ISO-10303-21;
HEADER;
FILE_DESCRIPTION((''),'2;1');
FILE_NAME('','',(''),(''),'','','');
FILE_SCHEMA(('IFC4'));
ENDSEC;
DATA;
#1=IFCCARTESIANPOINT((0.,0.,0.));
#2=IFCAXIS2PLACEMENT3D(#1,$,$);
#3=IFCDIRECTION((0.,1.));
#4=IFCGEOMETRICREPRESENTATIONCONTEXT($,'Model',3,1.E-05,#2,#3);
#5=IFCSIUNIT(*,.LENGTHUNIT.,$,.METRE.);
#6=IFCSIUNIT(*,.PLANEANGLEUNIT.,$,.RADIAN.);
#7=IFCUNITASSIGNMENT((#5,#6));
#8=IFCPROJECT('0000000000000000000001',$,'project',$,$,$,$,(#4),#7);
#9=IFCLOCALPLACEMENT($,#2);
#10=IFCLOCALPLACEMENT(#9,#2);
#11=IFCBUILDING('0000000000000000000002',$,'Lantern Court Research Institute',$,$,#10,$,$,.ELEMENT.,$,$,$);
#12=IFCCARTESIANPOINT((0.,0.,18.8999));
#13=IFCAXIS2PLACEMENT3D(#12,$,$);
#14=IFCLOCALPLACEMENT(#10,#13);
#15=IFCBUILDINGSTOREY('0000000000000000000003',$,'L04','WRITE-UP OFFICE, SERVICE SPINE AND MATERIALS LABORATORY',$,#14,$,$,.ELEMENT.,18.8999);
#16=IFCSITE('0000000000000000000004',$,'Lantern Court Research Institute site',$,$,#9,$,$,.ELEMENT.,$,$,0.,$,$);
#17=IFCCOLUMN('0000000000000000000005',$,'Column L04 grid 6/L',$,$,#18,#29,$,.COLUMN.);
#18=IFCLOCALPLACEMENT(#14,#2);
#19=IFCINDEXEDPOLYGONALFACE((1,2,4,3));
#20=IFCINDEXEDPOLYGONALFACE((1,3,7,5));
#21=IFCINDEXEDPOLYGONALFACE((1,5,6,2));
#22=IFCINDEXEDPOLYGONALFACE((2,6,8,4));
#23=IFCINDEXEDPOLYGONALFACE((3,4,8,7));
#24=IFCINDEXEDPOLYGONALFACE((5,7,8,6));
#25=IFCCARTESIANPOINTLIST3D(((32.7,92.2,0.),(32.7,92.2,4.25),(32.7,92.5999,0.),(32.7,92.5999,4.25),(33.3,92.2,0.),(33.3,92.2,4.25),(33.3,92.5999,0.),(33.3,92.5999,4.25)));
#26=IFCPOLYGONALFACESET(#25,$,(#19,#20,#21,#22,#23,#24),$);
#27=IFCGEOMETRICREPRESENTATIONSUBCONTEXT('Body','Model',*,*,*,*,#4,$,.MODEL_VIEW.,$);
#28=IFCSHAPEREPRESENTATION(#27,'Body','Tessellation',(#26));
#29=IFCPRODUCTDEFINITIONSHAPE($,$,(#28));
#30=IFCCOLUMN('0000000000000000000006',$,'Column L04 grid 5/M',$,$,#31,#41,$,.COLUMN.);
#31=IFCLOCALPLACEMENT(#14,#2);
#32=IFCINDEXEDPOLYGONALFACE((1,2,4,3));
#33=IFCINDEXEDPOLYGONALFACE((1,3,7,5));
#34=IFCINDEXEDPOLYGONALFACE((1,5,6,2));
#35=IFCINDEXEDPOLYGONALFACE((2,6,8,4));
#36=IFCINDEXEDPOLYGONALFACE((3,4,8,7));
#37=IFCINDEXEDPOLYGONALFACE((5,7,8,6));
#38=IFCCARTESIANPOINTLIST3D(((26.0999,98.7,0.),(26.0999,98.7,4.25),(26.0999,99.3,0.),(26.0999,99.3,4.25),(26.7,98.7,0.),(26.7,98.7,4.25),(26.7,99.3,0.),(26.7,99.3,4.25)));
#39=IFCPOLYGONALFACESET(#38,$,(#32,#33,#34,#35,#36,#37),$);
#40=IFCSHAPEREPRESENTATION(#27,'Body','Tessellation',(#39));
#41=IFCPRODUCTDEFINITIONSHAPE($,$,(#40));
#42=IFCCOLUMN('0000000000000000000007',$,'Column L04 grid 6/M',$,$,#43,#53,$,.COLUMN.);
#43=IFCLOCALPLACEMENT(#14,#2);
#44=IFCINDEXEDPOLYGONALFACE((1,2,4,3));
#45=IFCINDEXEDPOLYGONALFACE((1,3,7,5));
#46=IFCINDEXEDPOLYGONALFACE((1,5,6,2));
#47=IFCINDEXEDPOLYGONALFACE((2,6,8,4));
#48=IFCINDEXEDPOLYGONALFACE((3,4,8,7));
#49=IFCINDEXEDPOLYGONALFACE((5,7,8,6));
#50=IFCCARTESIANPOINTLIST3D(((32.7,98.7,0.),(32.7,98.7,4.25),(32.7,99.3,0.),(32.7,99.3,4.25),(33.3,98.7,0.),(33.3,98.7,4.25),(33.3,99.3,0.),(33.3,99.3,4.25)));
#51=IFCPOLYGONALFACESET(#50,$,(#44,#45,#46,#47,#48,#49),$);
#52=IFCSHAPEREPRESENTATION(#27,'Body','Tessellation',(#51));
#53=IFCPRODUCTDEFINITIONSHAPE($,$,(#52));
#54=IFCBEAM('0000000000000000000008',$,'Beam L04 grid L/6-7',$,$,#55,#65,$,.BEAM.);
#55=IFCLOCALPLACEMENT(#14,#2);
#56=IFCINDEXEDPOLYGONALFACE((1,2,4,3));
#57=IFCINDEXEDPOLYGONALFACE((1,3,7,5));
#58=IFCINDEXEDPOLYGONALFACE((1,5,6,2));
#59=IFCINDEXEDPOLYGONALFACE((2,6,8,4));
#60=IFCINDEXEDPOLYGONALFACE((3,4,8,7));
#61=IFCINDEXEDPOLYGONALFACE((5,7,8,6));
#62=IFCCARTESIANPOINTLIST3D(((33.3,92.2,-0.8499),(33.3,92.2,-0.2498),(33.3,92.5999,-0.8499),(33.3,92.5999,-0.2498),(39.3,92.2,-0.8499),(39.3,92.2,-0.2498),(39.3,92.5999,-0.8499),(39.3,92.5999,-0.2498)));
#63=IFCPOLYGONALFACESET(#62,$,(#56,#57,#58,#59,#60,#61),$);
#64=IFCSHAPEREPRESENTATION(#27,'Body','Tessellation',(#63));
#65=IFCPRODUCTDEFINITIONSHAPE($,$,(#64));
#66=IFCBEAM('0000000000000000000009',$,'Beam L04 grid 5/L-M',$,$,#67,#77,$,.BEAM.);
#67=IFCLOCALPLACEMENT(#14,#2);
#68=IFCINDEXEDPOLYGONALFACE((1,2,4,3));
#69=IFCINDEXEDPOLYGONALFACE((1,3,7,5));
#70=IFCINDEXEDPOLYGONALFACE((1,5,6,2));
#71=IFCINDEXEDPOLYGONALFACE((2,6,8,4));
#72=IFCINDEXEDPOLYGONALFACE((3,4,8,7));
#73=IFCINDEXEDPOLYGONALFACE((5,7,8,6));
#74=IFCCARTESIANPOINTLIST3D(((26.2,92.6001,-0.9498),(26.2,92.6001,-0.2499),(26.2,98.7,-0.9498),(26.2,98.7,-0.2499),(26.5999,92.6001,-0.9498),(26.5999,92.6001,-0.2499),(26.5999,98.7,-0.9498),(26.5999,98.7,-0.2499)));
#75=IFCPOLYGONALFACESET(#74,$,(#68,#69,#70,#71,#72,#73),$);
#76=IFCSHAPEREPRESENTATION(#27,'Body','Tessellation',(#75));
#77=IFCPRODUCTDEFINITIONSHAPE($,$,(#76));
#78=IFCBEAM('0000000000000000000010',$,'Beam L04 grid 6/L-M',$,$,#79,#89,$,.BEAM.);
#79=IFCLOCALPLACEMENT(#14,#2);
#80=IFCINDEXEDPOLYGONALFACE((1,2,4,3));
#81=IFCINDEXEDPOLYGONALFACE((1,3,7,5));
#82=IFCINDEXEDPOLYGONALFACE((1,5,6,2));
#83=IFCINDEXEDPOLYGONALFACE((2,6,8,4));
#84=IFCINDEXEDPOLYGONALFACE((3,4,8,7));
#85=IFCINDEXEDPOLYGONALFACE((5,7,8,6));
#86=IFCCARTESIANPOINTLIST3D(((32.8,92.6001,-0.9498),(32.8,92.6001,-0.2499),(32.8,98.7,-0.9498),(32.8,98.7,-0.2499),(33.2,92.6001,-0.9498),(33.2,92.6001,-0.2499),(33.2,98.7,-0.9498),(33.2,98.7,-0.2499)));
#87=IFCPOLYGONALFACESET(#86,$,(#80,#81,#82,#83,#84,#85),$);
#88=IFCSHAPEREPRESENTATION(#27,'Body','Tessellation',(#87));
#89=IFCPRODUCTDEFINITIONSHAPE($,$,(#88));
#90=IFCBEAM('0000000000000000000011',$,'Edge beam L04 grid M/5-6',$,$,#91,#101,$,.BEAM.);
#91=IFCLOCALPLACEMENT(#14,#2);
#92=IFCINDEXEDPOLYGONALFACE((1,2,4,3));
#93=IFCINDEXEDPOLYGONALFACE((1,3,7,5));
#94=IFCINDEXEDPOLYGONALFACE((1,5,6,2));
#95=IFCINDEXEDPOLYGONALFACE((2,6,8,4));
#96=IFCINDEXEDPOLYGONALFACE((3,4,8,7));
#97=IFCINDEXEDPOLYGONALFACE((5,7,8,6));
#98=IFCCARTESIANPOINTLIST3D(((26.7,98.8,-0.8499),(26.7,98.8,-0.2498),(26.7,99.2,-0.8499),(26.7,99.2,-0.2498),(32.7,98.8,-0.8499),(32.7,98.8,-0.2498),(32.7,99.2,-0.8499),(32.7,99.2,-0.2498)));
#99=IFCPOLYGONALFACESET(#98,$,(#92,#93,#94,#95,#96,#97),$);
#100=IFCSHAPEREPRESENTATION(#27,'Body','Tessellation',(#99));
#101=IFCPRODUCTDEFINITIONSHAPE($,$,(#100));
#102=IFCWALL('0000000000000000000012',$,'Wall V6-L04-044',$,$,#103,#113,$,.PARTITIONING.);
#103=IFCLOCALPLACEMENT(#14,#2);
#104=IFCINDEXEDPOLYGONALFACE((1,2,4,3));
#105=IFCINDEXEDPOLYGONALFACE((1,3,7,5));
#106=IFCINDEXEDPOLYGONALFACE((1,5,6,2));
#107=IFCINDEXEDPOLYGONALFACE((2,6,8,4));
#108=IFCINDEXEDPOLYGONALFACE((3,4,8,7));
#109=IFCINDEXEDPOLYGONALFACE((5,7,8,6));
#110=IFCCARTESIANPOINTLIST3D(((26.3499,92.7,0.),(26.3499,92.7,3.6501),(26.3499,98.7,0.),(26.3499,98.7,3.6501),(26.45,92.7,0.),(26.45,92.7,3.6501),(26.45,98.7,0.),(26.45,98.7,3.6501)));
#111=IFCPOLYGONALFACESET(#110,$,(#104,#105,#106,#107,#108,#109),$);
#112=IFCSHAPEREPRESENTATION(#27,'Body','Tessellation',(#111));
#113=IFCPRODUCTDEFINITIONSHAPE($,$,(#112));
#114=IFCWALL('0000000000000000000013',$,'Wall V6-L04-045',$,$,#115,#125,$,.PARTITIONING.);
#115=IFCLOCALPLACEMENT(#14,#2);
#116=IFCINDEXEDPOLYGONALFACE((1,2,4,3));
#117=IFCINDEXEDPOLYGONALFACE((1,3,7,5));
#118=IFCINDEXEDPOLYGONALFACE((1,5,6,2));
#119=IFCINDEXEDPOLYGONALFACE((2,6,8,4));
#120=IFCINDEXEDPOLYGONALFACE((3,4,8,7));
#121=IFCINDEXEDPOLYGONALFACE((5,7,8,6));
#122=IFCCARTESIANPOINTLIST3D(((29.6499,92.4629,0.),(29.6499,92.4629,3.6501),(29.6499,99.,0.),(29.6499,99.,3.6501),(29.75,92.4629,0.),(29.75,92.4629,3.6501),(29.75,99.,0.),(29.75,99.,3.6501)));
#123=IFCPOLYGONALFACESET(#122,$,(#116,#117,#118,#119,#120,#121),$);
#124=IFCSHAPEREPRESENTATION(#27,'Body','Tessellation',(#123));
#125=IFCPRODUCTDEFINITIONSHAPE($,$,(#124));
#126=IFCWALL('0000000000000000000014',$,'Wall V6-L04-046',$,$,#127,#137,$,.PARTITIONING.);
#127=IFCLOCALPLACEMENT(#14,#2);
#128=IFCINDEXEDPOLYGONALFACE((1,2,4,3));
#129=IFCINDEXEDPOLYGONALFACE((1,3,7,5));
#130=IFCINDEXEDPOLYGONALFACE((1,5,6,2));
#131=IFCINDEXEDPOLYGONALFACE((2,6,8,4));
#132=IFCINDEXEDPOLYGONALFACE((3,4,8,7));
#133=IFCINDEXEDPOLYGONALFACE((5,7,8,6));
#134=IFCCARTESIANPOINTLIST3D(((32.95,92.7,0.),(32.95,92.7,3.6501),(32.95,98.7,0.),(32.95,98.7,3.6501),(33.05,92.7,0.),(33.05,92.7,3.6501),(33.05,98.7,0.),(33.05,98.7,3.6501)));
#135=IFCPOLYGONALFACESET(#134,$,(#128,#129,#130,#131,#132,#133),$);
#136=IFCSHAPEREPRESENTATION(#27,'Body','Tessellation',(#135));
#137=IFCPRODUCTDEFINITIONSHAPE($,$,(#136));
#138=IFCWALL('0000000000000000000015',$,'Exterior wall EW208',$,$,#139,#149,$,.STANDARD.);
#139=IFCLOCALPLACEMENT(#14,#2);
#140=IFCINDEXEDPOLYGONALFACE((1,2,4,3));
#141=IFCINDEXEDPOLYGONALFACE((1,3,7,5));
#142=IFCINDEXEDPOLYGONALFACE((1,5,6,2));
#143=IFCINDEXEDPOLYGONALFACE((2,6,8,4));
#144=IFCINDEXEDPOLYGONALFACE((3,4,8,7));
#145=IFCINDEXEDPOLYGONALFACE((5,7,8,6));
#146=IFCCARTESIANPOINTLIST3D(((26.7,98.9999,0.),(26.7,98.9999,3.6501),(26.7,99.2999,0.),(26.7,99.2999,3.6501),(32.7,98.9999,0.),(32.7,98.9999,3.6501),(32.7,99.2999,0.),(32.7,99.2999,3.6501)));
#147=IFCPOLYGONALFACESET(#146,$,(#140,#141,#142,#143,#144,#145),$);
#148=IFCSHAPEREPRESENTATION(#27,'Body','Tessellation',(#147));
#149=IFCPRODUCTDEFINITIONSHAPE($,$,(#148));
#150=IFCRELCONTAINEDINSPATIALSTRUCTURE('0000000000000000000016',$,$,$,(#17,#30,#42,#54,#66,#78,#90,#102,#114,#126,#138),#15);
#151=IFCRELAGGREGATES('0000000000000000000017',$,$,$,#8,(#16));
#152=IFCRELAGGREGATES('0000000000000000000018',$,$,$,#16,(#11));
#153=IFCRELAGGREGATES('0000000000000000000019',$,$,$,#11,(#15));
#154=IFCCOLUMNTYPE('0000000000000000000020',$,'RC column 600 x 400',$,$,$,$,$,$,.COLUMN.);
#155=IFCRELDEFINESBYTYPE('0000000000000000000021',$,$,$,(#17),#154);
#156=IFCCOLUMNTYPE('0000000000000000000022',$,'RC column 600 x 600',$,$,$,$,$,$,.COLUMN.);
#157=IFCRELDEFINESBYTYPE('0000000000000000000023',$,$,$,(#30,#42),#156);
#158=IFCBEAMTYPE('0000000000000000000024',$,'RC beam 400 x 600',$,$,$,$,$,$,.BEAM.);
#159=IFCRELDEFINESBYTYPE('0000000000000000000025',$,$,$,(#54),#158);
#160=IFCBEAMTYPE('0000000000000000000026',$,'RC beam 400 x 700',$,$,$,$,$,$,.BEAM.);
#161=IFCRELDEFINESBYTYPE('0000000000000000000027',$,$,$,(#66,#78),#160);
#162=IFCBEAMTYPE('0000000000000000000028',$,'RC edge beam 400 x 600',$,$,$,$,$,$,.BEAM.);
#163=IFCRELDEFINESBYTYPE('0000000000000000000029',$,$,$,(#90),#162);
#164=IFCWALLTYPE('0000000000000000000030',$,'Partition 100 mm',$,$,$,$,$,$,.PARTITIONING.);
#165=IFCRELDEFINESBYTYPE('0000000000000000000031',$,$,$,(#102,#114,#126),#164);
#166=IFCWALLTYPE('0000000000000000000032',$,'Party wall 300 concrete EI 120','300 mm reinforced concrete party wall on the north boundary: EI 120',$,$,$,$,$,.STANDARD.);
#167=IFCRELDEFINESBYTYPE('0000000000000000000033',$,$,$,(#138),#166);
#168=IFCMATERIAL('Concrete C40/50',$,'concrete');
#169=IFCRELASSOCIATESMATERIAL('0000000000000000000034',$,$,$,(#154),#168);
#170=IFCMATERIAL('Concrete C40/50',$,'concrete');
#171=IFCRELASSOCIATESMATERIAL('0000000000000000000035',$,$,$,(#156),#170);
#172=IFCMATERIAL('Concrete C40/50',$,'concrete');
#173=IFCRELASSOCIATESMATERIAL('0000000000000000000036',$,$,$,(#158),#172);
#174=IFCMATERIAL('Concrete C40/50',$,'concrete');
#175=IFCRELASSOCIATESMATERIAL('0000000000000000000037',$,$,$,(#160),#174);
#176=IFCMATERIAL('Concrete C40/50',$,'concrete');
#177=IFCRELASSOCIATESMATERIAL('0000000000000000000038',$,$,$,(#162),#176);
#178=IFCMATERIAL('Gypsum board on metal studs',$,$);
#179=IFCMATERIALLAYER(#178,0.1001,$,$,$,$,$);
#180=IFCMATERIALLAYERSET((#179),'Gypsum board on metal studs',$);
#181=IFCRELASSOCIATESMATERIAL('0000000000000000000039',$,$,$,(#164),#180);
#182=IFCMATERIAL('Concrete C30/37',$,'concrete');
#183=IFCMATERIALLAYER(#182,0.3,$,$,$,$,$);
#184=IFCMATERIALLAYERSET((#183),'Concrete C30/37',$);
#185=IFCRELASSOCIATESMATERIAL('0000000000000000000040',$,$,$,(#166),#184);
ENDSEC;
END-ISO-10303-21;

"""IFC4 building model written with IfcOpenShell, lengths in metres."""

from ifc_helpers import new_model, si_unit, direction, frame, frame_2d, origin, origin_2d, place, context, subcontext, project, spatial, rectangle, extrude, material, layer, layer_set, material_profile, profile_set, type_object, element, save


model = new_model("IFC4")

# Units and contexts
model_context = context("Model", 3, precision=1e-05, world=origin(), true_north=direction((0.0, 1.0)))
body_context = subcontext(model_context, "Body", "Model", "MODEL_VIEW")
ifc_project = project(units=[si_unit("LENGTHUNIT", "METRE"), si_unit("PLANEANGLEUNIT", "RADIAN")], contexts=[model_context])

# Site, building, storey
site_placement = place(None, origin())
site = spatial("IfcSite", under=ifc_project, at=site_placement, Name="Lantern Court Research Institute site", CompositionType="ELEMENT", RefElevation=0.0)
building_placement = place(site_placement, origin())
building = spatial("IfcBuilding", under=site, at=building_placement, Name="Lantern Court Research Institute", CompositionType="ELEMENT")
storey_placement = place(building_placement, frame((0.0, 0.0, 18.8999)))
storey = spatial("IfcBuildingStorey", under=building, at=storey_placement, Name="L04", Description="WRITE-UP OFFICE, SERVICE SPINE AND MATERIALS LABORATORY", CompositionType="ELEMENT", Elevation=18.8999)

# Columns
ifc_material_1 = material(Name="Concrete C40/50", Category="concrete")
ifc_material_profile_1 = material_profile(ifc_material_1, rectangle(XDim=0.6001, YDim=0.3999, at=origin_2d()), Name="RC column 600 x 400")
ifc_profile_set_1 = profile_set([ifc_material_profile_1], Name="Concrete C40/50")
column_type_1 = type_object("IfcColumnType", Name="RC column 600 x 400", PredefinedType="COLUMN", material=ifc_profile_set_1)
column_placement = place(storey_placement, frame((33.0, 92.3999, 0.0), z_axis=(0.0, 0.0, 1.0), x_axis=(1.0, 0.0, 0.0)))
element("IfcColumn", 1, at=column_placement, inside=storey, type_object=column_type_1, Name="Column L04 grid 6/L", PredefinedType="COLUMN", context=body_context, shape_type="SweptSolid", body=[
    extrude(rectangle(XDim=0.6001, YDim=0.3999, at=origin_2d()), origin(), (0.0, 0.0, 1.0), 4.25),
])
ifc_material_2 = material(Name="Concrete C40/50", Category="concrete")
ifc_material_profile_2 = material_profile(ifc_material_2, rectangle(XDim=0.6001, YDim=0.6001, at=origin_2d()), Name="RC column 600 x 600")
ifc_profile_set_2 = profile_set([ifc_material_profile_2], Name="Concrete C40/50")
column_type_2 = type_object("IfcColumnType", Name="RC column 600 x 600", PredefinedType="COLUMN", material=ifc_profile_set_2)
for number, where, z_axis, x_axis, name in (
    (2, (26.3999, 99.0, 0.0), (0.0, 0.0, 1.0), (1.0, 0.0, 0.0), "Column L04 grid 5/M"),
    (3, (33.0, 99.0, 0.0), (0.0, 0.0, 1.0), (1.0, 0.0, 0.0), "Column L04 grid 6/M"),
):
    element("IfcColumn", number, at=place(storey_placement, frame(where, z_axis=z_axis, x_axis=x_axis)), inside=storey, type_object=column_type_2, Name=name, PredefinedType="COLUMN", context=body_context, shape_type="SweptSolid", body=[
        extrude(rectangle(XDim=0.6001, YDim=0.6001, at=origin_2d()), origin(), (0.0, 0.0, 1.0), 4.25),
    ])

# Beams
ifc_material_3 = material(Name="Concrete C40/50", Category="concrete")
ifc_material_profile_3 = material_profile(ifc_material_3, rectangle(XDim=0.3999, YDim=0.6001, at=origin_2d()), Name="RC beam 400 x 600")
ifc_profile_set_3 = profile_set([ifc_material_profile_3], Name="Concrete C40/50")
beam_type_1 = type_object("IfcBeamType", Name="RC beam 400 x 600", PredefinedType="BEAM", material=ifc_profile_set_3)
beam_1_placement = place(storey_placement, frame((33.3, 92.3999, -0.5498), z_axis=(1.0, 0.0, 0.0), x_axis=(0.0, 1.0, 0.0)))
element("IfcBeam", 4, at=beam_1_placement, inside=storey, type_object=beam_type_1, Name="Beam L04 grid L/6-7", PredefinedType="BEAM", context=body_context, shape_type="SweptSolid", body=[
    extrude(rectangle(XDim=0.3999, YDim=0.6001, at=origin_2d()), origin(), (0.0, 0.0, 1.0), 6.0),
])
ifc_material_4 = material(Name="Concrete C40/50", Category="concrete")
ifc_material_profile_4 = material_profile(ifc_material_4, rectangle(XDim=0.3999, YDim=0.7, at=origin_2d()), Name="RC beam 400 x 700")
ifc_profile_set_4 = profile_set([ifc_material_profile_4], Name="Concrete C40/50")
beam_type_2 = type_object("IfcBeamType", Name="RC beam 400 x 700", PredefinedType="BEAM", material=ifc_profile_set_4)
for number, where, z_axis, x_axis, name in (
    (5, (26.3999, 92.6001, -0.5999), (0.0, 1.0, 0.0), (-1.0, 0.0, 0.0), "Beam L04 grid 5/L-M"),
    (6, (33.0, 92.6001, -0.5999), (0.0, 1.0, 0.0), (-1.0, 0.0, 0.0), "Beam L04 grid 6/L-M"),
):
    element("IfcBeam", number, at=place(storey_placement, frame(where, z_axis=z_axis, x_axis=x_axis)), inside=storey, type_object=beam_type_2, Name=name, PredefinedType="BEAM", context=body_context, shape_type="SweptSolid", body=[
        extrude(rectangle(XDim=0.3999, YDim=0.7, at=origin_2d()), origin(), (0.0, 0.0, 1.0), 6.0999),
    ])
ifc_material_5 = material(Name="Concrete C40/50", Category="concrete")
ifc_material_profile_5 = material_profile(ifc_material_5, rectangle(XDim=0.3999, YDim=0.6001, at=origin_2d()), Name="RC beam 400 x 600")
ifc_profile_set_5 = profile_set([ifc_material_profile_5], Name="Concrete C40/50")
beam_type_3 = type_object("IfcBeamType", Name="RC edge beam 400 x 600", PredefinedType="BEAM", material=ifc_profile_set_5)
beam_2_placement = place(storey_placement, frame((26.7, 99.0, -0.5498), z_axis=(1.0, 0.0, 0.0), x_axis=(0.0, 1.0, 0.0)))
element("IfcBeam", 7, at=beam_2_placement, inside=storey, type_object=beam_type_3, Name="Edge beam L04 grid M/5-6", PredefinedType="BEAM", context=body_context, shape_type="SweptSolid", body=[
    extrude(rectangle(XDim=0.3999, YDim=0.6001, at=origin_2d()), origin(), (0.0, 0.0, 1.0), 6.0),
])

# Walls
ifc_material_6 = material(Name="Gypsum board on metal studs")
ifc_layer_1 = layer(ifc_material_6, 0.1001)
ifc_layer_set_1 = layer_set([ifc_layer_1], Name="Gypsum board on metal studs")
wall_type_1 = type_object("IfcWallType", Name="Partition 100 mm", PredefinedType="PARTITIONING", material=ifc_layer_set_1)
wall_1_placement = place(storey_placement, frame((26.3999, 92.7, 0.0), z_axis=(0.0, 0.0, 1.0), x_axis=(0.0, 1.0, 0.0)))
element("IfcWall", 8, at=wall_1_placement, inside=storey, type_object=wall_type_1, Name="Wall V6-L04-044", PredefinedType="PARTITIONING", context=body_context, shape_type="SweptSolid", body=[
    extrude(rectangle(XDim=6.0, YDim=0.1001, at=frame_2d((3.0, 0.0))), origin(), (0.0, 0.0, 1.0), 3.6501),
])
wall_2_placement = place(storey_placement, frame((29.7, 92.4629, 0.0), z_axis=(0.0, 0.0, 1.0), x_axis=(0.0, 1.0, 0.0)))
element("IfcWall", 9, at=wall_2_placement, inside=storey, type_object=wall_type_1, Name="Wall V6-L04-045", PredefinedType="PARTITIONING", context=body_context, shape_type="SweptSolid", body=[
    extrude(rectangle(XDim=6.5371, YDim=0.1001, at=frame_2d((3.2686, 0.0))), origin(), (0.0, 0.0, 1.0), 3.6501),
])
wall_3_placement = place(storey_placement, frame((33.0, 92.7, 0.0), z_axis=(0.0, 0.0, 1.0), x_axis=(0.0, 1.0, 0.0)))
element("IfcWall", 10, at=wall_3_placement, inside=storey, type_object=wall_type_1, Name="Wall V6-L04-046", PredefinedType="PARTITIONING", context=body_context, shape_type="SweptSolid", body=[
    extrude(rectangle(XDim=6.0, YDim=0.1001, at=frame_2d((3.0, 0.0))), origin(), (0.0, 0.0, 1.0), 3.6501),
])
ifc_material_7 = material(Name="Concrete C30/37", Category="concrete")
ifc_layer_2 = layer(ifc_material_7, 0.3)
ifc_layer_set_2 = layer_set([ifc_layer_2], Name="Concrete C30/37")
wall_type_2 = type_object("IfcWallType", Name="Party wall 300 concrete EI 120", Description="300 mm reinforced concrete party wall on the north boundary: EI 120", PredefinedType="STANDARD", material=ifc_layer_set_2)
wall_4_placement = place(storey_placement, frame((26.7, 99.1499, 0.0), z_axis=(0.0, 0.0, 1.0), x_axis=(1.0, 0.0, 0.0)))
element("IfcWall", 11, at=wall_4_placement, inside=storey, type_object=wall_type_2, Name="Exterior wall EW208", PredefinedType="STANDARD", context=body_context, shape_type="SweptSolid", body=[
    extrude(rectangle(XDim=6.0, YDim=0.3, at=frame_2d((3.0, 0.0))), origin(), (0.0, 0.0, 1.0), 3.6501),
])

save(model, "model.ifc")
